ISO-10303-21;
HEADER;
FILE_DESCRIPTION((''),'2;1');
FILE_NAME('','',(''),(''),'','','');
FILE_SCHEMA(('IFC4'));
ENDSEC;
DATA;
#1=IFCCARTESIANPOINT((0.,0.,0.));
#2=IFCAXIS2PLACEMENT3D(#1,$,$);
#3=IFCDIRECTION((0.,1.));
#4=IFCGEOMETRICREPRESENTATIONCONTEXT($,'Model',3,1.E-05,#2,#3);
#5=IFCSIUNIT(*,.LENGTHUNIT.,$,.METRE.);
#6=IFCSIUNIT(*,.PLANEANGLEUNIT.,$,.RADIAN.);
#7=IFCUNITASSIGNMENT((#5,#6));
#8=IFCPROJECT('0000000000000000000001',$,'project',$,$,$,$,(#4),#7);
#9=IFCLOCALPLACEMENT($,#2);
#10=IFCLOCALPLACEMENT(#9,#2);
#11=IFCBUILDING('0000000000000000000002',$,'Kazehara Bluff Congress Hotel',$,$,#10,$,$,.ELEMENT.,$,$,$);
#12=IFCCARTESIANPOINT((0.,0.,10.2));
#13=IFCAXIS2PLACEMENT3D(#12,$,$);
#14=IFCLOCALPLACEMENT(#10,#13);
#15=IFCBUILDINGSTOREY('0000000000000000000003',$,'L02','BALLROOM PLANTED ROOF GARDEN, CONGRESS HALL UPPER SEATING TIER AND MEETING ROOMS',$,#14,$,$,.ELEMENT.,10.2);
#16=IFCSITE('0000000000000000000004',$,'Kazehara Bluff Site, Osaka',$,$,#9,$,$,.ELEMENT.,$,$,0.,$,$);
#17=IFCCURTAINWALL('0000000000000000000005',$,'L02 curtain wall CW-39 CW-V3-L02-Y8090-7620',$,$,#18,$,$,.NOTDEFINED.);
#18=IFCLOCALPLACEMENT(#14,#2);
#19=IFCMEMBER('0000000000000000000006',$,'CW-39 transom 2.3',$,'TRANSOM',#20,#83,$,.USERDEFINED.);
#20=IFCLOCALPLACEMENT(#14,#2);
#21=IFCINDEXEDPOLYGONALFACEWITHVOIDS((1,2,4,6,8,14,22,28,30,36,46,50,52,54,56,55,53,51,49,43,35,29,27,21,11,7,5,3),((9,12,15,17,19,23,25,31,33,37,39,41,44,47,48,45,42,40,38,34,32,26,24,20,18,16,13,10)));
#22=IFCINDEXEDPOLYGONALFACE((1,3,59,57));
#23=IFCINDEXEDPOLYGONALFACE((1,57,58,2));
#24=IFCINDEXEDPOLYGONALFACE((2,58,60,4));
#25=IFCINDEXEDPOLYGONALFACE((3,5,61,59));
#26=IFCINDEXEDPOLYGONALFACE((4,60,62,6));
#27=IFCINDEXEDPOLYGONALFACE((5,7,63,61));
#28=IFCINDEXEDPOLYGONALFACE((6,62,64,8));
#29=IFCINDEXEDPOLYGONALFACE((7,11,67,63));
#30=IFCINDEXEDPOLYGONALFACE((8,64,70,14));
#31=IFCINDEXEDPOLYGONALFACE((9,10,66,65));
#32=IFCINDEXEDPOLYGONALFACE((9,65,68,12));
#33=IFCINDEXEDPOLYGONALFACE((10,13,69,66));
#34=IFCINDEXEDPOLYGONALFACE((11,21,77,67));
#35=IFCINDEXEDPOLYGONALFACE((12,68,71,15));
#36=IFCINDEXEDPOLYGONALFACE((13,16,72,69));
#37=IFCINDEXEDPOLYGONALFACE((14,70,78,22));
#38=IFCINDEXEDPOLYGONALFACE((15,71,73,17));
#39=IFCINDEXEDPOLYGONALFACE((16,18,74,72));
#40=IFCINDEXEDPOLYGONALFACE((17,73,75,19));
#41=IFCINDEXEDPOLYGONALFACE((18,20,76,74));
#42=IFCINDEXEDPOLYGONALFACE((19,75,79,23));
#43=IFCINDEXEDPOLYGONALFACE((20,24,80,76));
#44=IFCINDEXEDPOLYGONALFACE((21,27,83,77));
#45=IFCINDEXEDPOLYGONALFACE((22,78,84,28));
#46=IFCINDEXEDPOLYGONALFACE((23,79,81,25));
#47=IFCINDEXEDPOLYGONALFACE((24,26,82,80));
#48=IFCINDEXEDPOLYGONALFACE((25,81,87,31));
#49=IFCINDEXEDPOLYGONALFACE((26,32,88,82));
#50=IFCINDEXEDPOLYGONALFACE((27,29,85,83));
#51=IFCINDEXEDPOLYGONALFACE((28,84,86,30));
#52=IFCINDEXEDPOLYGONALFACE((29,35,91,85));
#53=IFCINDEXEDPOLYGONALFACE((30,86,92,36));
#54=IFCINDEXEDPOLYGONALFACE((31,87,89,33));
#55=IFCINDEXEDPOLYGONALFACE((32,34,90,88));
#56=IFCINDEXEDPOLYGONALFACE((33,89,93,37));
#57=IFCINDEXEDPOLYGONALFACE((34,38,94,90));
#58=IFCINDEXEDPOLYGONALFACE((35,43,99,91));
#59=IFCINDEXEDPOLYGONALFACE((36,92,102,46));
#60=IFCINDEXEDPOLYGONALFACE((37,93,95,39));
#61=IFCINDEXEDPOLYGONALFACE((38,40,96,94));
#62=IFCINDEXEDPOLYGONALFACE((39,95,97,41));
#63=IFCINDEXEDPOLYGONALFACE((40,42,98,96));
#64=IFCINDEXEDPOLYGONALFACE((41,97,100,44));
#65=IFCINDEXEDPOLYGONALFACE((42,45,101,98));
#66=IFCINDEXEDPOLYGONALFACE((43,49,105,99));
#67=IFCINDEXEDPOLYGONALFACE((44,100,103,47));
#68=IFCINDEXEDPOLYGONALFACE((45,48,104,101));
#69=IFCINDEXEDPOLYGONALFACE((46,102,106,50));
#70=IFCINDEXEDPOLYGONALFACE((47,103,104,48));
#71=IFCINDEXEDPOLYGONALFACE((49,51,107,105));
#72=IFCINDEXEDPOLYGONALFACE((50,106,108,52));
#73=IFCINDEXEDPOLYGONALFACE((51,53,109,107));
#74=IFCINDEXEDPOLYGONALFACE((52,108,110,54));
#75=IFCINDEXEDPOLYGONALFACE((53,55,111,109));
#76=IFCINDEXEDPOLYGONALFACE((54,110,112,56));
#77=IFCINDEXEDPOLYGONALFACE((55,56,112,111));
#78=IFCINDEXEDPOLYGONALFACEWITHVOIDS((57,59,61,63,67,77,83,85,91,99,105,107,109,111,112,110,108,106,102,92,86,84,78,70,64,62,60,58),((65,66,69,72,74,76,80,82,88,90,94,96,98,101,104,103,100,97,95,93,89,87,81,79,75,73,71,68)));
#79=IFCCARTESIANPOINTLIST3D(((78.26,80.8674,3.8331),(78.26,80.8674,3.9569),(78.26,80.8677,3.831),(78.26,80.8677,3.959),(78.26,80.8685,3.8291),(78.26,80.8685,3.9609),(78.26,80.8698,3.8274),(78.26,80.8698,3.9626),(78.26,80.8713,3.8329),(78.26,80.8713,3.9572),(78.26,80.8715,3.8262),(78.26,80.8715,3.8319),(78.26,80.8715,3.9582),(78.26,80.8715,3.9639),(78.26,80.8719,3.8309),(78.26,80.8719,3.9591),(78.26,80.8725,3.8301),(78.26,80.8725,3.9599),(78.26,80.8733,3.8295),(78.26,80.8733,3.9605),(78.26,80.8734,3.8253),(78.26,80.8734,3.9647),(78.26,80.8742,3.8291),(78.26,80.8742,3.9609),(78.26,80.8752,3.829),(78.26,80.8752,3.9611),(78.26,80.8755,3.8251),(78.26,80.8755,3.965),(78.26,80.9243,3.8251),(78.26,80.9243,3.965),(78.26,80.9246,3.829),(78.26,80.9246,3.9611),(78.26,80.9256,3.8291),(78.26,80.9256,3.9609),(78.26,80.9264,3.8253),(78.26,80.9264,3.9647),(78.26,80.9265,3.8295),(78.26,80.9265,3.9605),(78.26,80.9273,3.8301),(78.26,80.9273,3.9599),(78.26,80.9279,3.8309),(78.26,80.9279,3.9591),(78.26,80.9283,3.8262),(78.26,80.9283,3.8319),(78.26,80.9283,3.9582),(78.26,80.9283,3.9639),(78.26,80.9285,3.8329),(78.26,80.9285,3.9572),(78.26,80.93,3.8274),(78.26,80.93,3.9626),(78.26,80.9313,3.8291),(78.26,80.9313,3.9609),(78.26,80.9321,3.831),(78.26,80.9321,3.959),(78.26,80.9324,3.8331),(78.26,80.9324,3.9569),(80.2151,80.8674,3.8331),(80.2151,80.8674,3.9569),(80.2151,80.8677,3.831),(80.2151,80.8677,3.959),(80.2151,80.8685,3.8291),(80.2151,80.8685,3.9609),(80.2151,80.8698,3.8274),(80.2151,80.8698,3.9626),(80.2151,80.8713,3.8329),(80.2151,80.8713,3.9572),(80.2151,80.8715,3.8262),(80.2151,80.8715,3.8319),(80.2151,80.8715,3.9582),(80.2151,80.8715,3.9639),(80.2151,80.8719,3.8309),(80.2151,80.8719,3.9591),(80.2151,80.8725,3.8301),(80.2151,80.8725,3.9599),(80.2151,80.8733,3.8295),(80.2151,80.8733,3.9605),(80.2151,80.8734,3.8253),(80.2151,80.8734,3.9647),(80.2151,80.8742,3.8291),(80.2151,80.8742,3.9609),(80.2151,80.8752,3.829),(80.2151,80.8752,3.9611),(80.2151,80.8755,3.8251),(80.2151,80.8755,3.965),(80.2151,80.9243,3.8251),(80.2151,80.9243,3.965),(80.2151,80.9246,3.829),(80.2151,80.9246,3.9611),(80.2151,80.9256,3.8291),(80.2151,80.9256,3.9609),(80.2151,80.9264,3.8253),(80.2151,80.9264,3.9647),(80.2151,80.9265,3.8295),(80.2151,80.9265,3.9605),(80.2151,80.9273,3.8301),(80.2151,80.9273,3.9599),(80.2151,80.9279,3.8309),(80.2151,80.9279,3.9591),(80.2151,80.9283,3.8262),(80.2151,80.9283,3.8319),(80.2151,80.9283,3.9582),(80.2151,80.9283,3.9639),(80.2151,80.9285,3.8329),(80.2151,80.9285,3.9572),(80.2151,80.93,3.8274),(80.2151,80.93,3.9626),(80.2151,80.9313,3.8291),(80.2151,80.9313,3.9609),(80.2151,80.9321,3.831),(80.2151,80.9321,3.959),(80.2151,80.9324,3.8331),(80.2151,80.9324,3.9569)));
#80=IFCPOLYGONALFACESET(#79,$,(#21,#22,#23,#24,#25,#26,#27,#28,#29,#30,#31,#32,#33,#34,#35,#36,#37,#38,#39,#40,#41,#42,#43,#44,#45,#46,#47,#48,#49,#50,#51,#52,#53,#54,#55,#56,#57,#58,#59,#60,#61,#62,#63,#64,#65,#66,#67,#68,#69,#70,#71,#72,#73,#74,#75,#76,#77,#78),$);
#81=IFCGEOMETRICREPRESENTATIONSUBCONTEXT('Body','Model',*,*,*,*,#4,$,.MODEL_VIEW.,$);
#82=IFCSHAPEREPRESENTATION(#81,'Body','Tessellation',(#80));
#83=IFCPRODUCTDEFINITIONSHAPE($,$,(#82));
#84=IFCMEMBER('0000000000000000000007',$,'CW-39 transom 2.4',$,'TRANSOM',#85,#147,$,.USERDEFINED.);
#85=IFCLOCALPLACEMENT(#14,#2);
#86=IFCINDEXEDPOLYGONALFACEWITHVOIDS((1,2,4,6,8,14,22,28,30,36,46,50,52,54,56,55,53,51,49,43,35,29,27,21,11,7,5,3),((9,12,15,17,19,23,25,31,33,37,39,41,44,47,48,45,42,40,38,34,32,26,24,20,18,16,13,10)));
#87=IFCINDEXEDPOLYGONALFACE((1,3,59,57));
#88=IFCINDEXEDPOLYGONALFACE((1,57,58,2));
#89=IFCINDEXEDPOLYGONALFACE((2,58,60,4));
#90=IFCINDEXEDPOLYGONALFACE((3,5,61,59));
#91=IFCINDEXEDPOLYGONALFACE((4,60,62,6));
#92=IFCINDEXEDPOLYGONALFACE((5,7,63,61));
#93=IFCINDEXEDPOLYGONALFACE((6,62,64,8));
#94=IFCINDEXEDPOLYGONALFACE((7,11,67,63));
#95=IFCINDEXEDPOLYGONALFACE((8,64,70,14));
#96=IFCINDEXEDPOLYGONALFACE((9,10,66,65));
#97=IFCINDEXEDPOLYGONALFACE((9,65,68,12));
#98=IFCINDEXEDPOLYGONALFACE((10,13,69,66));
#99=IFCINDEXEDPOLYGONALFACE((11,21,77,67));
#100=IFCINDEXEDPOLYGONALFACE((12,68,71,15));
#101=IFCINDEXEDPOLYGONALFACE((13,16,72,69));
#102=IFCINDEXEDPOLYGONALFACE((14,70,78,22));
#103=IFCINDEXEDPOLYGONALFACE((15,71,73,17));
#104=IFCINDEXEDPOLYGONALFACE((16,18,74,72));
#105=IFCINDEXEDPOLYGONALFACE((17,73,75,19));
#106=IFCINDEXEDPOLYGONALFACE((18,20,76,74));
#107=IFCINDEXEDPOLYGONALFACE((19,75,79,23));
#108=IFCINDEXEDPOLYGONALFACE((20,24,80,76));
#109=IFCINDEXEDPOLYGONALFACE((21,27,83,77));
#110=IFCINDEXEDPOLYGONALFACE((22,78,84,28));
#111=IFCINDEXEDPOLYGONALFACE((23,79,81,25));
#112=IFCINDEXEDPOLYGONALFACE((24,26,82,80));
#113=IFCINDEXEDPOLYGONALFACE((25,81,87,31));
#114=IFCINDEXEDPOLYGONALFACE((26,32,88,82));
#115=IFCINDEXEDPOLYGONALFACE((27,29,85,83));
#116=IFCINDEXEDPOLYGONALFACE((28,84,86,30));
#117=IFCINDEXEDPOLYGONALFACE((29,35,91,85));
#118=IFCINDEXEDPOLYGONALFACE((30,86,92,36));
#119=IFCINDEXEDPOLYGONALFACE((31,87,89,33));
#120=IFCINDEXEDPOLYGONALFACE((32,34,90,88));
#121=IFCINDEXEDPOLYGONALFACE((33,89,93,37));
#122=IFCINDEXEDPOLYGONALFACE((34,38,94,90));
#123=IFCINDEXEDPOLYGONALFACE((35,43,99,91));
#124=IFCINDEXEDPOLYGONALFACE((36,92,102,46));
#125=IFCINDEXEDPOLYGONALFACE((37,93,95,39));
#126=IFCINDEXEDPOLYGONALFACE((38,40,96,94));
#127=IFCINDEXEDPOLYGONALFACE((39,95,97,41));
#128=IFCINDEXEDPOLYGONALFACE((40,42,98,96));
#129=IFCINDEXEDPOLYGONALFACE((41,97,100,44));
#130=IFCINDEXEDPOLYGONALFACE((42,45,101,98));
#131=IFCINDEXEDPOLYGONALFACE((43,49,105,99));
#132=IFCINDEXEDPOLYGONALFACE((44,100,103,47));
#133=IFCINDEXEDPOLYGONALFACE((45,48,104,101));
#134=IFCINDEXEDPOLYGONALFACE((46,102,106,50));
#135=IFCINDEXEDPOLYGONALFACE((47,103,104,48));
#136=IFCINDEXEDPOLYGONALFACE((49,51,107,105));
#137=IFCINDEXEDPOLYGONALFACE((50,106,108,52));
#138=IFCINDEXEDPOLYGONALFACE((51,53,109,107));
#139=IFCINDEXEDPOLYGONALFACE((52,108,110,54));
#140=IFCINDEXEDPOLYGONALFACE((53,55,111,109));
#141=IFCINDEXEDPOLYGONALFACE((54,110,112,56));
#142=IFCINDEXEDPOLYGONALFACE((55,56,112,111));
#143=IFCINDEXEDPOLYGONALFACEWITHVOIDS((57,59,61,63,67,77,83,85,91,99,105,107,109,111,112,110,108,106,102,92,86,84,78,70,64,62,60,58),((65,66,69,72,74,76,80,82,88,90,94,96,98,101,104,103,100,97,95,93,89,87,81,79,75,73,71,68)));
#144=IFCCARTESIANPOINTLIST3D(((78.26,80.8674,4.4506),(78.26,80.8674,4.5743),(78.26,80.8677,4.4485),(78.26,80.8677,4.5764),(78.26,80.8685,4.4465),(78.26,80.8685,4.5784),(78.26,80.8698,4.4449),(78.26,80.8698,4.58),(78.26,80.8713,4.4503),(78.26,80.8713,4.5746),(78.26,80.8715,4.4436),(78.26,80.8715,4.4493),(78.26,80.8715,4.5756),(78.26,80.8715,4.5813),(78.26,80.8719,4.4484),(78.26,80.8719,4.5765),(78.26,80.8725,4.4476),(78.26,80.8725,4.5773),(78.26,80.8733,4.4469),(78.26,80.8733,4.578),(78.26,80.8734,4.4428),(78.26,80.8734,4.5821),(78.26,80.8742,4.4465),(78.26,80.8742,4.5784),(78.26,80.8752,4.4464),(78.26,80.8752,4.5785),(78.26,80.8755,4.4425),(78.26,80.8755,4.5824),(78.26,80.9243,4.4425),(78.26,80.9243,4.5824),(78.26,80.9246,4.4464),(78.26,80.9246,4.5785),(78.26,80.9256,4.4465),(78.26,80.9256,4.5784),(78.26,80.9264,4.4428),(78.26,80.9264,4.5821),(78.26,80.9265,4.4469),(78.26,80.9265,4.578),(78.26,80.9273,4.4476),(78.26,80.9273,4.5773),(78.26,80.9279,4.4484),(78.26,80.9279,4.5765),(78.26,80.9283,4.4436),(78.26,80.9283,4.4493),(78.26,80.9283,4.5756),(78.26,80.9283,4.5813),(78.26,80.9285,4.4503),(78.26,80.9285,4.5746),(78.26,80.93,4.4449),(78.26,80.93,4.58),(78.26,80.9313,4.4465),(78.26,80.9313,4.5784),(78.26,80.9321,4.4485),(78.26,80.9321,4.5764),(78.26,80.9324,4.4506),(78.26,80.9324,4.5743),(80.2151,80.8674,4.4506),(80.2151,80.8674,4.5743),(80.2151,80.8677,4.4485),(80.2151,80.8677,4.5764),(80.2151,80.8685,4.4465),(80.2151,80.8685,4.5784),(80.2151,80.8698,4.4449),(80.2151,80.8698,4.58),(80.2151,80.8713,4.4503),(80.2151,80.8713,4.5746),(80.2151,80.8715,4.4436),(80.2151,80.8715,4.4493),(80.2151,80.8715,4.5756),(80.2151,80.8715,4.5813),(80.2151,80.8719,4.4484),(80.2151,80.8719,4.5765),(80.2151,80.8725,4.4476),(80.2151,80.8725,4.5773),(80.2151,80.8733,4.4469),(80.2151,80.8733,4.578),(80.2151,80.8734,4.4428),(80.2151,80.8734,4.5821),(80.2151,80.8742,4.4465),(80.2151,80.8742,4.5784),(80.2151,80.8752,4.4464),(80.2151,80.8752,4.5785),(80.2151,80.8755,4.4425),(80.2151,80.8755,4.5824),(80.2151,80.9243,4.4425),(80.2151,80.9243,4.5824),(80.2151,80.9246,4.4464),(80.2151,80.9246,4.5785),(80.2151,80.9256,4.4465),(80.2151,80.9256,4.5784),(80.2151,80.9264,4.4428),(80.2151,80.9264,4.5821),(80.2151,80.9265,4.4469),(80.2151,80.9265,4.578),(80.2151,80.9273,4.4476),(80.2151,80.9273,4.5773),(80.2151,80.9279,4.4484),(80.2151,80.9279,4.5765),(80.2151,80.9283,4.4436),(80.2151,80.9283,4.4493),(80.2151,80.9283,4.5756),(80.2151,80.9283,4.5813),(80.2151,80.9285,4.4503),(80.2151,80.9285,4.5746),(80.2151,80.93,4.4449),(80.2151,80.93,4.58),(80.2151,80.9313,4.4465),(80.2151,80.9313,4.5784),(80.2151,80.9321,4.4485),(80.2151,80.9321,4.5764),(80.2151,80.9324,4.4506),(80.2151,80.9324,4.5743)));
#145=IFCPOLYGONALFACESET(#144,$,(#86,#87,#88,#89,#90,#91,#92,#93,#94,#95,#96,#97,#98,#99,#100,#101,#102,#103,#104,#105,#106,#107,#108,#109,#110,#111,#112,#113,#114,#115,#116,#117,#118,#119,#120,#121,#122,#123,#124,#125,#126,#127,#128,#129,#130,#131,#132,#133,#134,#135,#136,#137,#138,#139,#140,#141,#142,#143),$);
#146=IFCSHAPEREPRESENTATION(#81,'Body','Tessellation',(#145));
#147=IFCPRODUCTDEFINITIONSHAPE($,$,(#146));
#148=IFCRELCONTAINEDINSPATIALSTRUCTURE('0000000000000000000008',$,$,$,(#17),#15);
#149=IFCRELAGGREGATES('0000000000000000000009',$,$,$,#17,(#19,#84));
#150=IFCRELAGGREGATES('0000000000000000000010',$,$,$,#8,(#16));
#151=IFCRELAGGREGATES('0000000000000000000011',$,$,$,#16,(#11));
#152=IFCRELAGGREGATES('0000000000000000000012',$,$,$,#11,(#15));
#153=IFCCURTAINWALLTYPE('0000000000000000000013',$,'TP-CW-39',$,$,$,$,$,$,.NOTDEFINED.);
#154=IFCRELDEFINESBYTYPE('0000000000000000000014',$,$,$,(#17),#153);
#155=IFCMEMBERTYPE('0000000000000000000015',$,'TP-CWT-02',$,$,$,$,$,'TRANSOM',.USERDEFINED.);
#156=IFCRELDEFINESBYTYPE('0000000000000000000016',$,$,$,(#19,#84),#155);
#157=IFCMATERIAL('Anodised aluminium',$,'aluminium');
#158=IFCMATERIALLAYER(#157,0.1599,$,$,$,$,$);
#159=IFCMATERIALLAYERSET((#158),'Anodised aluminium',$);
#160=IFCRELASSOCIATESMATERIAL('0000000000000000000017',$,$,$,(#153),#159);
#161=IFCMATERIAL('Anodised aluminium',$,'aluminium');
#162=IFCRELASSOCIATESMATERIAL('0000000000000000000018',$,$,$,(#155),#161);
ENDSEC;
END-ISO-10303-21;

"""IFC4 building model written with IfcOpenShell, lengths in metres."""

from ifc_helpers import new_model, si_unit, direction, frame, origin, origin_2d, place, context, subcontext, project, spatial, hollow_rectangle, extrude, material, layer, layer_set, material_profile, profile_set, type_object, element, aggregate, save


model = new_model("IFC4")

# Units and contexts
model_context = context("Model", 3, precision=1e-05, world=origin(), true_north=direction((0.0, 1.0)))
body_context = subcontext(model_context, "Body", "Model", "MODEL_VIEW")
ifc_project = project(units=[si_unit("LENGTHUNIT", "METRE"), si_unit("PLANEANGLEUNIT", "RADIAN")], contexts=[model_context])

# Site, building, storey
site_placement = place(None, origin())
site = spatial("IfcSite", under=ifc_project, at=site_placement, Name="Kazehara Bluff Site, Osaka", CompositionType="ELEMENT", RefElevation=0.0)
building_placement = place(site_placement, origin())
building = spatial("IfcBuilding", under=site, at=building_placement, Name="Kazehara Bluff Congress Hotel", CompositionType="ELEMENT")
storey_placement = place(building_placement, frame((0.0, 0.0, 10.2)))
storey = spatial("IfcBuildingStorey", under=building, at=storey_placement, Name="L02", Description="BALLROOM PLANTED ROOF GARDEN, CONGRESS HALL UPPER SEATING TIER AND MEETING ROOMS", CompositionType="ELEMENT", Elevation=10.2)

# Shared definitions
ifc_material_1 = material(Name="Anodised aluminium", Category="aluminium")
ifc_layer_1 = layer(ifc_material_1, 0.1599)
ifc_layer_set_1 = layer_set([ifc_layer_1], Name="Anodised aluminium")
curtain_wall_type = type_object("IfcCurtainWallType", Name="TP-CW-39", PredefinedType="NOTDEFINED", material=ifc_layer_set_1)

# Curtain wall, members
curtain_wall_1_placement = place(storey_placement, origin())
curtain_wall_1 = element("IfcCurtainWall", 1, at=curtain_wall_1_placement, inside=storey, type_object=curtain_wall_type, Name="L02 curtain wall CW-39 CW-V3-L02-Y8090-7620", PredefinedType="NOTDEFINED")
ifc_material_2 = material(Name="Anodised aluminium", Category="aluminium")
ifc_material_profile_1 = material_profile(ifc_material_2, hollow_rectangle(XDim=0.0649, YDim=0.1399, WallThickness=0.0039, InnerFilletRadius=0.0039, OuterFilletRadius=0.0081, at=origin_2d()))
ifc_profile_set_1 = profile_set([ifc_material_profile_1], Name="Anodised aluminium")
member_type_1 = type_object("IfcMemberType", Name="TP-CWT-02", ElementType="TRANSOM", PredefinedType="USERDEFINED", material=ifc_profile_set_1)
member_1_placement = place(storey_placement, frame((78.26, 80.8999, 3.895), z_axis=(1.0, 0.0, 0.0), x_axis=(0.0, 1.0, 0.0)))
member_1 = element("IfcMember", 2, at=member_1_placement, type_object=member_type_1, Name="CW-39 transom 2.3", ObjectType="TRANSOM", PredefinedType="USERDEFINED", context=body_context, shape_type="SweptSolid", body=[
    extrude(hollow_rectangle(XDim=0.0649, YDim=0.1399, WallThickness=0.0039, InnerFilletRadius=0.0039, OuterFilletRadius=0.0081, at=origin_2d()), origin(), (0.0, 0.0, 1.0), 1.9551),
])
member_2_placement = place(storey_placement, frame((78.26, 80.8999, 4.5125), z_axis=(1.0, 0.0, 0.0), x_axis=(0.0, 1.0, 0.0)))
member_2 = element("IfcMember", 3, at=member_2_placement, type_object=member_type_1, Name="CW-39 transom 2.4", ObjectType="TRANSOM", PredefinedType="USERDEFINED", context=body_context, shape_type="SweptSolid", body=[
    extrude(hollow_rectangle(XDim=0.0649, YDim=0.1399, WallThickness=0.0039, InnerFilletRadius=0.0039, OuterFilletRadius=0.0081, at=origin_2d()), origin(), (0.0, 0.0, 1.0), 1.9551),
])

aggregate(curtain_wall_1, [member_1, member_2])

save(model, "model.ifc")
